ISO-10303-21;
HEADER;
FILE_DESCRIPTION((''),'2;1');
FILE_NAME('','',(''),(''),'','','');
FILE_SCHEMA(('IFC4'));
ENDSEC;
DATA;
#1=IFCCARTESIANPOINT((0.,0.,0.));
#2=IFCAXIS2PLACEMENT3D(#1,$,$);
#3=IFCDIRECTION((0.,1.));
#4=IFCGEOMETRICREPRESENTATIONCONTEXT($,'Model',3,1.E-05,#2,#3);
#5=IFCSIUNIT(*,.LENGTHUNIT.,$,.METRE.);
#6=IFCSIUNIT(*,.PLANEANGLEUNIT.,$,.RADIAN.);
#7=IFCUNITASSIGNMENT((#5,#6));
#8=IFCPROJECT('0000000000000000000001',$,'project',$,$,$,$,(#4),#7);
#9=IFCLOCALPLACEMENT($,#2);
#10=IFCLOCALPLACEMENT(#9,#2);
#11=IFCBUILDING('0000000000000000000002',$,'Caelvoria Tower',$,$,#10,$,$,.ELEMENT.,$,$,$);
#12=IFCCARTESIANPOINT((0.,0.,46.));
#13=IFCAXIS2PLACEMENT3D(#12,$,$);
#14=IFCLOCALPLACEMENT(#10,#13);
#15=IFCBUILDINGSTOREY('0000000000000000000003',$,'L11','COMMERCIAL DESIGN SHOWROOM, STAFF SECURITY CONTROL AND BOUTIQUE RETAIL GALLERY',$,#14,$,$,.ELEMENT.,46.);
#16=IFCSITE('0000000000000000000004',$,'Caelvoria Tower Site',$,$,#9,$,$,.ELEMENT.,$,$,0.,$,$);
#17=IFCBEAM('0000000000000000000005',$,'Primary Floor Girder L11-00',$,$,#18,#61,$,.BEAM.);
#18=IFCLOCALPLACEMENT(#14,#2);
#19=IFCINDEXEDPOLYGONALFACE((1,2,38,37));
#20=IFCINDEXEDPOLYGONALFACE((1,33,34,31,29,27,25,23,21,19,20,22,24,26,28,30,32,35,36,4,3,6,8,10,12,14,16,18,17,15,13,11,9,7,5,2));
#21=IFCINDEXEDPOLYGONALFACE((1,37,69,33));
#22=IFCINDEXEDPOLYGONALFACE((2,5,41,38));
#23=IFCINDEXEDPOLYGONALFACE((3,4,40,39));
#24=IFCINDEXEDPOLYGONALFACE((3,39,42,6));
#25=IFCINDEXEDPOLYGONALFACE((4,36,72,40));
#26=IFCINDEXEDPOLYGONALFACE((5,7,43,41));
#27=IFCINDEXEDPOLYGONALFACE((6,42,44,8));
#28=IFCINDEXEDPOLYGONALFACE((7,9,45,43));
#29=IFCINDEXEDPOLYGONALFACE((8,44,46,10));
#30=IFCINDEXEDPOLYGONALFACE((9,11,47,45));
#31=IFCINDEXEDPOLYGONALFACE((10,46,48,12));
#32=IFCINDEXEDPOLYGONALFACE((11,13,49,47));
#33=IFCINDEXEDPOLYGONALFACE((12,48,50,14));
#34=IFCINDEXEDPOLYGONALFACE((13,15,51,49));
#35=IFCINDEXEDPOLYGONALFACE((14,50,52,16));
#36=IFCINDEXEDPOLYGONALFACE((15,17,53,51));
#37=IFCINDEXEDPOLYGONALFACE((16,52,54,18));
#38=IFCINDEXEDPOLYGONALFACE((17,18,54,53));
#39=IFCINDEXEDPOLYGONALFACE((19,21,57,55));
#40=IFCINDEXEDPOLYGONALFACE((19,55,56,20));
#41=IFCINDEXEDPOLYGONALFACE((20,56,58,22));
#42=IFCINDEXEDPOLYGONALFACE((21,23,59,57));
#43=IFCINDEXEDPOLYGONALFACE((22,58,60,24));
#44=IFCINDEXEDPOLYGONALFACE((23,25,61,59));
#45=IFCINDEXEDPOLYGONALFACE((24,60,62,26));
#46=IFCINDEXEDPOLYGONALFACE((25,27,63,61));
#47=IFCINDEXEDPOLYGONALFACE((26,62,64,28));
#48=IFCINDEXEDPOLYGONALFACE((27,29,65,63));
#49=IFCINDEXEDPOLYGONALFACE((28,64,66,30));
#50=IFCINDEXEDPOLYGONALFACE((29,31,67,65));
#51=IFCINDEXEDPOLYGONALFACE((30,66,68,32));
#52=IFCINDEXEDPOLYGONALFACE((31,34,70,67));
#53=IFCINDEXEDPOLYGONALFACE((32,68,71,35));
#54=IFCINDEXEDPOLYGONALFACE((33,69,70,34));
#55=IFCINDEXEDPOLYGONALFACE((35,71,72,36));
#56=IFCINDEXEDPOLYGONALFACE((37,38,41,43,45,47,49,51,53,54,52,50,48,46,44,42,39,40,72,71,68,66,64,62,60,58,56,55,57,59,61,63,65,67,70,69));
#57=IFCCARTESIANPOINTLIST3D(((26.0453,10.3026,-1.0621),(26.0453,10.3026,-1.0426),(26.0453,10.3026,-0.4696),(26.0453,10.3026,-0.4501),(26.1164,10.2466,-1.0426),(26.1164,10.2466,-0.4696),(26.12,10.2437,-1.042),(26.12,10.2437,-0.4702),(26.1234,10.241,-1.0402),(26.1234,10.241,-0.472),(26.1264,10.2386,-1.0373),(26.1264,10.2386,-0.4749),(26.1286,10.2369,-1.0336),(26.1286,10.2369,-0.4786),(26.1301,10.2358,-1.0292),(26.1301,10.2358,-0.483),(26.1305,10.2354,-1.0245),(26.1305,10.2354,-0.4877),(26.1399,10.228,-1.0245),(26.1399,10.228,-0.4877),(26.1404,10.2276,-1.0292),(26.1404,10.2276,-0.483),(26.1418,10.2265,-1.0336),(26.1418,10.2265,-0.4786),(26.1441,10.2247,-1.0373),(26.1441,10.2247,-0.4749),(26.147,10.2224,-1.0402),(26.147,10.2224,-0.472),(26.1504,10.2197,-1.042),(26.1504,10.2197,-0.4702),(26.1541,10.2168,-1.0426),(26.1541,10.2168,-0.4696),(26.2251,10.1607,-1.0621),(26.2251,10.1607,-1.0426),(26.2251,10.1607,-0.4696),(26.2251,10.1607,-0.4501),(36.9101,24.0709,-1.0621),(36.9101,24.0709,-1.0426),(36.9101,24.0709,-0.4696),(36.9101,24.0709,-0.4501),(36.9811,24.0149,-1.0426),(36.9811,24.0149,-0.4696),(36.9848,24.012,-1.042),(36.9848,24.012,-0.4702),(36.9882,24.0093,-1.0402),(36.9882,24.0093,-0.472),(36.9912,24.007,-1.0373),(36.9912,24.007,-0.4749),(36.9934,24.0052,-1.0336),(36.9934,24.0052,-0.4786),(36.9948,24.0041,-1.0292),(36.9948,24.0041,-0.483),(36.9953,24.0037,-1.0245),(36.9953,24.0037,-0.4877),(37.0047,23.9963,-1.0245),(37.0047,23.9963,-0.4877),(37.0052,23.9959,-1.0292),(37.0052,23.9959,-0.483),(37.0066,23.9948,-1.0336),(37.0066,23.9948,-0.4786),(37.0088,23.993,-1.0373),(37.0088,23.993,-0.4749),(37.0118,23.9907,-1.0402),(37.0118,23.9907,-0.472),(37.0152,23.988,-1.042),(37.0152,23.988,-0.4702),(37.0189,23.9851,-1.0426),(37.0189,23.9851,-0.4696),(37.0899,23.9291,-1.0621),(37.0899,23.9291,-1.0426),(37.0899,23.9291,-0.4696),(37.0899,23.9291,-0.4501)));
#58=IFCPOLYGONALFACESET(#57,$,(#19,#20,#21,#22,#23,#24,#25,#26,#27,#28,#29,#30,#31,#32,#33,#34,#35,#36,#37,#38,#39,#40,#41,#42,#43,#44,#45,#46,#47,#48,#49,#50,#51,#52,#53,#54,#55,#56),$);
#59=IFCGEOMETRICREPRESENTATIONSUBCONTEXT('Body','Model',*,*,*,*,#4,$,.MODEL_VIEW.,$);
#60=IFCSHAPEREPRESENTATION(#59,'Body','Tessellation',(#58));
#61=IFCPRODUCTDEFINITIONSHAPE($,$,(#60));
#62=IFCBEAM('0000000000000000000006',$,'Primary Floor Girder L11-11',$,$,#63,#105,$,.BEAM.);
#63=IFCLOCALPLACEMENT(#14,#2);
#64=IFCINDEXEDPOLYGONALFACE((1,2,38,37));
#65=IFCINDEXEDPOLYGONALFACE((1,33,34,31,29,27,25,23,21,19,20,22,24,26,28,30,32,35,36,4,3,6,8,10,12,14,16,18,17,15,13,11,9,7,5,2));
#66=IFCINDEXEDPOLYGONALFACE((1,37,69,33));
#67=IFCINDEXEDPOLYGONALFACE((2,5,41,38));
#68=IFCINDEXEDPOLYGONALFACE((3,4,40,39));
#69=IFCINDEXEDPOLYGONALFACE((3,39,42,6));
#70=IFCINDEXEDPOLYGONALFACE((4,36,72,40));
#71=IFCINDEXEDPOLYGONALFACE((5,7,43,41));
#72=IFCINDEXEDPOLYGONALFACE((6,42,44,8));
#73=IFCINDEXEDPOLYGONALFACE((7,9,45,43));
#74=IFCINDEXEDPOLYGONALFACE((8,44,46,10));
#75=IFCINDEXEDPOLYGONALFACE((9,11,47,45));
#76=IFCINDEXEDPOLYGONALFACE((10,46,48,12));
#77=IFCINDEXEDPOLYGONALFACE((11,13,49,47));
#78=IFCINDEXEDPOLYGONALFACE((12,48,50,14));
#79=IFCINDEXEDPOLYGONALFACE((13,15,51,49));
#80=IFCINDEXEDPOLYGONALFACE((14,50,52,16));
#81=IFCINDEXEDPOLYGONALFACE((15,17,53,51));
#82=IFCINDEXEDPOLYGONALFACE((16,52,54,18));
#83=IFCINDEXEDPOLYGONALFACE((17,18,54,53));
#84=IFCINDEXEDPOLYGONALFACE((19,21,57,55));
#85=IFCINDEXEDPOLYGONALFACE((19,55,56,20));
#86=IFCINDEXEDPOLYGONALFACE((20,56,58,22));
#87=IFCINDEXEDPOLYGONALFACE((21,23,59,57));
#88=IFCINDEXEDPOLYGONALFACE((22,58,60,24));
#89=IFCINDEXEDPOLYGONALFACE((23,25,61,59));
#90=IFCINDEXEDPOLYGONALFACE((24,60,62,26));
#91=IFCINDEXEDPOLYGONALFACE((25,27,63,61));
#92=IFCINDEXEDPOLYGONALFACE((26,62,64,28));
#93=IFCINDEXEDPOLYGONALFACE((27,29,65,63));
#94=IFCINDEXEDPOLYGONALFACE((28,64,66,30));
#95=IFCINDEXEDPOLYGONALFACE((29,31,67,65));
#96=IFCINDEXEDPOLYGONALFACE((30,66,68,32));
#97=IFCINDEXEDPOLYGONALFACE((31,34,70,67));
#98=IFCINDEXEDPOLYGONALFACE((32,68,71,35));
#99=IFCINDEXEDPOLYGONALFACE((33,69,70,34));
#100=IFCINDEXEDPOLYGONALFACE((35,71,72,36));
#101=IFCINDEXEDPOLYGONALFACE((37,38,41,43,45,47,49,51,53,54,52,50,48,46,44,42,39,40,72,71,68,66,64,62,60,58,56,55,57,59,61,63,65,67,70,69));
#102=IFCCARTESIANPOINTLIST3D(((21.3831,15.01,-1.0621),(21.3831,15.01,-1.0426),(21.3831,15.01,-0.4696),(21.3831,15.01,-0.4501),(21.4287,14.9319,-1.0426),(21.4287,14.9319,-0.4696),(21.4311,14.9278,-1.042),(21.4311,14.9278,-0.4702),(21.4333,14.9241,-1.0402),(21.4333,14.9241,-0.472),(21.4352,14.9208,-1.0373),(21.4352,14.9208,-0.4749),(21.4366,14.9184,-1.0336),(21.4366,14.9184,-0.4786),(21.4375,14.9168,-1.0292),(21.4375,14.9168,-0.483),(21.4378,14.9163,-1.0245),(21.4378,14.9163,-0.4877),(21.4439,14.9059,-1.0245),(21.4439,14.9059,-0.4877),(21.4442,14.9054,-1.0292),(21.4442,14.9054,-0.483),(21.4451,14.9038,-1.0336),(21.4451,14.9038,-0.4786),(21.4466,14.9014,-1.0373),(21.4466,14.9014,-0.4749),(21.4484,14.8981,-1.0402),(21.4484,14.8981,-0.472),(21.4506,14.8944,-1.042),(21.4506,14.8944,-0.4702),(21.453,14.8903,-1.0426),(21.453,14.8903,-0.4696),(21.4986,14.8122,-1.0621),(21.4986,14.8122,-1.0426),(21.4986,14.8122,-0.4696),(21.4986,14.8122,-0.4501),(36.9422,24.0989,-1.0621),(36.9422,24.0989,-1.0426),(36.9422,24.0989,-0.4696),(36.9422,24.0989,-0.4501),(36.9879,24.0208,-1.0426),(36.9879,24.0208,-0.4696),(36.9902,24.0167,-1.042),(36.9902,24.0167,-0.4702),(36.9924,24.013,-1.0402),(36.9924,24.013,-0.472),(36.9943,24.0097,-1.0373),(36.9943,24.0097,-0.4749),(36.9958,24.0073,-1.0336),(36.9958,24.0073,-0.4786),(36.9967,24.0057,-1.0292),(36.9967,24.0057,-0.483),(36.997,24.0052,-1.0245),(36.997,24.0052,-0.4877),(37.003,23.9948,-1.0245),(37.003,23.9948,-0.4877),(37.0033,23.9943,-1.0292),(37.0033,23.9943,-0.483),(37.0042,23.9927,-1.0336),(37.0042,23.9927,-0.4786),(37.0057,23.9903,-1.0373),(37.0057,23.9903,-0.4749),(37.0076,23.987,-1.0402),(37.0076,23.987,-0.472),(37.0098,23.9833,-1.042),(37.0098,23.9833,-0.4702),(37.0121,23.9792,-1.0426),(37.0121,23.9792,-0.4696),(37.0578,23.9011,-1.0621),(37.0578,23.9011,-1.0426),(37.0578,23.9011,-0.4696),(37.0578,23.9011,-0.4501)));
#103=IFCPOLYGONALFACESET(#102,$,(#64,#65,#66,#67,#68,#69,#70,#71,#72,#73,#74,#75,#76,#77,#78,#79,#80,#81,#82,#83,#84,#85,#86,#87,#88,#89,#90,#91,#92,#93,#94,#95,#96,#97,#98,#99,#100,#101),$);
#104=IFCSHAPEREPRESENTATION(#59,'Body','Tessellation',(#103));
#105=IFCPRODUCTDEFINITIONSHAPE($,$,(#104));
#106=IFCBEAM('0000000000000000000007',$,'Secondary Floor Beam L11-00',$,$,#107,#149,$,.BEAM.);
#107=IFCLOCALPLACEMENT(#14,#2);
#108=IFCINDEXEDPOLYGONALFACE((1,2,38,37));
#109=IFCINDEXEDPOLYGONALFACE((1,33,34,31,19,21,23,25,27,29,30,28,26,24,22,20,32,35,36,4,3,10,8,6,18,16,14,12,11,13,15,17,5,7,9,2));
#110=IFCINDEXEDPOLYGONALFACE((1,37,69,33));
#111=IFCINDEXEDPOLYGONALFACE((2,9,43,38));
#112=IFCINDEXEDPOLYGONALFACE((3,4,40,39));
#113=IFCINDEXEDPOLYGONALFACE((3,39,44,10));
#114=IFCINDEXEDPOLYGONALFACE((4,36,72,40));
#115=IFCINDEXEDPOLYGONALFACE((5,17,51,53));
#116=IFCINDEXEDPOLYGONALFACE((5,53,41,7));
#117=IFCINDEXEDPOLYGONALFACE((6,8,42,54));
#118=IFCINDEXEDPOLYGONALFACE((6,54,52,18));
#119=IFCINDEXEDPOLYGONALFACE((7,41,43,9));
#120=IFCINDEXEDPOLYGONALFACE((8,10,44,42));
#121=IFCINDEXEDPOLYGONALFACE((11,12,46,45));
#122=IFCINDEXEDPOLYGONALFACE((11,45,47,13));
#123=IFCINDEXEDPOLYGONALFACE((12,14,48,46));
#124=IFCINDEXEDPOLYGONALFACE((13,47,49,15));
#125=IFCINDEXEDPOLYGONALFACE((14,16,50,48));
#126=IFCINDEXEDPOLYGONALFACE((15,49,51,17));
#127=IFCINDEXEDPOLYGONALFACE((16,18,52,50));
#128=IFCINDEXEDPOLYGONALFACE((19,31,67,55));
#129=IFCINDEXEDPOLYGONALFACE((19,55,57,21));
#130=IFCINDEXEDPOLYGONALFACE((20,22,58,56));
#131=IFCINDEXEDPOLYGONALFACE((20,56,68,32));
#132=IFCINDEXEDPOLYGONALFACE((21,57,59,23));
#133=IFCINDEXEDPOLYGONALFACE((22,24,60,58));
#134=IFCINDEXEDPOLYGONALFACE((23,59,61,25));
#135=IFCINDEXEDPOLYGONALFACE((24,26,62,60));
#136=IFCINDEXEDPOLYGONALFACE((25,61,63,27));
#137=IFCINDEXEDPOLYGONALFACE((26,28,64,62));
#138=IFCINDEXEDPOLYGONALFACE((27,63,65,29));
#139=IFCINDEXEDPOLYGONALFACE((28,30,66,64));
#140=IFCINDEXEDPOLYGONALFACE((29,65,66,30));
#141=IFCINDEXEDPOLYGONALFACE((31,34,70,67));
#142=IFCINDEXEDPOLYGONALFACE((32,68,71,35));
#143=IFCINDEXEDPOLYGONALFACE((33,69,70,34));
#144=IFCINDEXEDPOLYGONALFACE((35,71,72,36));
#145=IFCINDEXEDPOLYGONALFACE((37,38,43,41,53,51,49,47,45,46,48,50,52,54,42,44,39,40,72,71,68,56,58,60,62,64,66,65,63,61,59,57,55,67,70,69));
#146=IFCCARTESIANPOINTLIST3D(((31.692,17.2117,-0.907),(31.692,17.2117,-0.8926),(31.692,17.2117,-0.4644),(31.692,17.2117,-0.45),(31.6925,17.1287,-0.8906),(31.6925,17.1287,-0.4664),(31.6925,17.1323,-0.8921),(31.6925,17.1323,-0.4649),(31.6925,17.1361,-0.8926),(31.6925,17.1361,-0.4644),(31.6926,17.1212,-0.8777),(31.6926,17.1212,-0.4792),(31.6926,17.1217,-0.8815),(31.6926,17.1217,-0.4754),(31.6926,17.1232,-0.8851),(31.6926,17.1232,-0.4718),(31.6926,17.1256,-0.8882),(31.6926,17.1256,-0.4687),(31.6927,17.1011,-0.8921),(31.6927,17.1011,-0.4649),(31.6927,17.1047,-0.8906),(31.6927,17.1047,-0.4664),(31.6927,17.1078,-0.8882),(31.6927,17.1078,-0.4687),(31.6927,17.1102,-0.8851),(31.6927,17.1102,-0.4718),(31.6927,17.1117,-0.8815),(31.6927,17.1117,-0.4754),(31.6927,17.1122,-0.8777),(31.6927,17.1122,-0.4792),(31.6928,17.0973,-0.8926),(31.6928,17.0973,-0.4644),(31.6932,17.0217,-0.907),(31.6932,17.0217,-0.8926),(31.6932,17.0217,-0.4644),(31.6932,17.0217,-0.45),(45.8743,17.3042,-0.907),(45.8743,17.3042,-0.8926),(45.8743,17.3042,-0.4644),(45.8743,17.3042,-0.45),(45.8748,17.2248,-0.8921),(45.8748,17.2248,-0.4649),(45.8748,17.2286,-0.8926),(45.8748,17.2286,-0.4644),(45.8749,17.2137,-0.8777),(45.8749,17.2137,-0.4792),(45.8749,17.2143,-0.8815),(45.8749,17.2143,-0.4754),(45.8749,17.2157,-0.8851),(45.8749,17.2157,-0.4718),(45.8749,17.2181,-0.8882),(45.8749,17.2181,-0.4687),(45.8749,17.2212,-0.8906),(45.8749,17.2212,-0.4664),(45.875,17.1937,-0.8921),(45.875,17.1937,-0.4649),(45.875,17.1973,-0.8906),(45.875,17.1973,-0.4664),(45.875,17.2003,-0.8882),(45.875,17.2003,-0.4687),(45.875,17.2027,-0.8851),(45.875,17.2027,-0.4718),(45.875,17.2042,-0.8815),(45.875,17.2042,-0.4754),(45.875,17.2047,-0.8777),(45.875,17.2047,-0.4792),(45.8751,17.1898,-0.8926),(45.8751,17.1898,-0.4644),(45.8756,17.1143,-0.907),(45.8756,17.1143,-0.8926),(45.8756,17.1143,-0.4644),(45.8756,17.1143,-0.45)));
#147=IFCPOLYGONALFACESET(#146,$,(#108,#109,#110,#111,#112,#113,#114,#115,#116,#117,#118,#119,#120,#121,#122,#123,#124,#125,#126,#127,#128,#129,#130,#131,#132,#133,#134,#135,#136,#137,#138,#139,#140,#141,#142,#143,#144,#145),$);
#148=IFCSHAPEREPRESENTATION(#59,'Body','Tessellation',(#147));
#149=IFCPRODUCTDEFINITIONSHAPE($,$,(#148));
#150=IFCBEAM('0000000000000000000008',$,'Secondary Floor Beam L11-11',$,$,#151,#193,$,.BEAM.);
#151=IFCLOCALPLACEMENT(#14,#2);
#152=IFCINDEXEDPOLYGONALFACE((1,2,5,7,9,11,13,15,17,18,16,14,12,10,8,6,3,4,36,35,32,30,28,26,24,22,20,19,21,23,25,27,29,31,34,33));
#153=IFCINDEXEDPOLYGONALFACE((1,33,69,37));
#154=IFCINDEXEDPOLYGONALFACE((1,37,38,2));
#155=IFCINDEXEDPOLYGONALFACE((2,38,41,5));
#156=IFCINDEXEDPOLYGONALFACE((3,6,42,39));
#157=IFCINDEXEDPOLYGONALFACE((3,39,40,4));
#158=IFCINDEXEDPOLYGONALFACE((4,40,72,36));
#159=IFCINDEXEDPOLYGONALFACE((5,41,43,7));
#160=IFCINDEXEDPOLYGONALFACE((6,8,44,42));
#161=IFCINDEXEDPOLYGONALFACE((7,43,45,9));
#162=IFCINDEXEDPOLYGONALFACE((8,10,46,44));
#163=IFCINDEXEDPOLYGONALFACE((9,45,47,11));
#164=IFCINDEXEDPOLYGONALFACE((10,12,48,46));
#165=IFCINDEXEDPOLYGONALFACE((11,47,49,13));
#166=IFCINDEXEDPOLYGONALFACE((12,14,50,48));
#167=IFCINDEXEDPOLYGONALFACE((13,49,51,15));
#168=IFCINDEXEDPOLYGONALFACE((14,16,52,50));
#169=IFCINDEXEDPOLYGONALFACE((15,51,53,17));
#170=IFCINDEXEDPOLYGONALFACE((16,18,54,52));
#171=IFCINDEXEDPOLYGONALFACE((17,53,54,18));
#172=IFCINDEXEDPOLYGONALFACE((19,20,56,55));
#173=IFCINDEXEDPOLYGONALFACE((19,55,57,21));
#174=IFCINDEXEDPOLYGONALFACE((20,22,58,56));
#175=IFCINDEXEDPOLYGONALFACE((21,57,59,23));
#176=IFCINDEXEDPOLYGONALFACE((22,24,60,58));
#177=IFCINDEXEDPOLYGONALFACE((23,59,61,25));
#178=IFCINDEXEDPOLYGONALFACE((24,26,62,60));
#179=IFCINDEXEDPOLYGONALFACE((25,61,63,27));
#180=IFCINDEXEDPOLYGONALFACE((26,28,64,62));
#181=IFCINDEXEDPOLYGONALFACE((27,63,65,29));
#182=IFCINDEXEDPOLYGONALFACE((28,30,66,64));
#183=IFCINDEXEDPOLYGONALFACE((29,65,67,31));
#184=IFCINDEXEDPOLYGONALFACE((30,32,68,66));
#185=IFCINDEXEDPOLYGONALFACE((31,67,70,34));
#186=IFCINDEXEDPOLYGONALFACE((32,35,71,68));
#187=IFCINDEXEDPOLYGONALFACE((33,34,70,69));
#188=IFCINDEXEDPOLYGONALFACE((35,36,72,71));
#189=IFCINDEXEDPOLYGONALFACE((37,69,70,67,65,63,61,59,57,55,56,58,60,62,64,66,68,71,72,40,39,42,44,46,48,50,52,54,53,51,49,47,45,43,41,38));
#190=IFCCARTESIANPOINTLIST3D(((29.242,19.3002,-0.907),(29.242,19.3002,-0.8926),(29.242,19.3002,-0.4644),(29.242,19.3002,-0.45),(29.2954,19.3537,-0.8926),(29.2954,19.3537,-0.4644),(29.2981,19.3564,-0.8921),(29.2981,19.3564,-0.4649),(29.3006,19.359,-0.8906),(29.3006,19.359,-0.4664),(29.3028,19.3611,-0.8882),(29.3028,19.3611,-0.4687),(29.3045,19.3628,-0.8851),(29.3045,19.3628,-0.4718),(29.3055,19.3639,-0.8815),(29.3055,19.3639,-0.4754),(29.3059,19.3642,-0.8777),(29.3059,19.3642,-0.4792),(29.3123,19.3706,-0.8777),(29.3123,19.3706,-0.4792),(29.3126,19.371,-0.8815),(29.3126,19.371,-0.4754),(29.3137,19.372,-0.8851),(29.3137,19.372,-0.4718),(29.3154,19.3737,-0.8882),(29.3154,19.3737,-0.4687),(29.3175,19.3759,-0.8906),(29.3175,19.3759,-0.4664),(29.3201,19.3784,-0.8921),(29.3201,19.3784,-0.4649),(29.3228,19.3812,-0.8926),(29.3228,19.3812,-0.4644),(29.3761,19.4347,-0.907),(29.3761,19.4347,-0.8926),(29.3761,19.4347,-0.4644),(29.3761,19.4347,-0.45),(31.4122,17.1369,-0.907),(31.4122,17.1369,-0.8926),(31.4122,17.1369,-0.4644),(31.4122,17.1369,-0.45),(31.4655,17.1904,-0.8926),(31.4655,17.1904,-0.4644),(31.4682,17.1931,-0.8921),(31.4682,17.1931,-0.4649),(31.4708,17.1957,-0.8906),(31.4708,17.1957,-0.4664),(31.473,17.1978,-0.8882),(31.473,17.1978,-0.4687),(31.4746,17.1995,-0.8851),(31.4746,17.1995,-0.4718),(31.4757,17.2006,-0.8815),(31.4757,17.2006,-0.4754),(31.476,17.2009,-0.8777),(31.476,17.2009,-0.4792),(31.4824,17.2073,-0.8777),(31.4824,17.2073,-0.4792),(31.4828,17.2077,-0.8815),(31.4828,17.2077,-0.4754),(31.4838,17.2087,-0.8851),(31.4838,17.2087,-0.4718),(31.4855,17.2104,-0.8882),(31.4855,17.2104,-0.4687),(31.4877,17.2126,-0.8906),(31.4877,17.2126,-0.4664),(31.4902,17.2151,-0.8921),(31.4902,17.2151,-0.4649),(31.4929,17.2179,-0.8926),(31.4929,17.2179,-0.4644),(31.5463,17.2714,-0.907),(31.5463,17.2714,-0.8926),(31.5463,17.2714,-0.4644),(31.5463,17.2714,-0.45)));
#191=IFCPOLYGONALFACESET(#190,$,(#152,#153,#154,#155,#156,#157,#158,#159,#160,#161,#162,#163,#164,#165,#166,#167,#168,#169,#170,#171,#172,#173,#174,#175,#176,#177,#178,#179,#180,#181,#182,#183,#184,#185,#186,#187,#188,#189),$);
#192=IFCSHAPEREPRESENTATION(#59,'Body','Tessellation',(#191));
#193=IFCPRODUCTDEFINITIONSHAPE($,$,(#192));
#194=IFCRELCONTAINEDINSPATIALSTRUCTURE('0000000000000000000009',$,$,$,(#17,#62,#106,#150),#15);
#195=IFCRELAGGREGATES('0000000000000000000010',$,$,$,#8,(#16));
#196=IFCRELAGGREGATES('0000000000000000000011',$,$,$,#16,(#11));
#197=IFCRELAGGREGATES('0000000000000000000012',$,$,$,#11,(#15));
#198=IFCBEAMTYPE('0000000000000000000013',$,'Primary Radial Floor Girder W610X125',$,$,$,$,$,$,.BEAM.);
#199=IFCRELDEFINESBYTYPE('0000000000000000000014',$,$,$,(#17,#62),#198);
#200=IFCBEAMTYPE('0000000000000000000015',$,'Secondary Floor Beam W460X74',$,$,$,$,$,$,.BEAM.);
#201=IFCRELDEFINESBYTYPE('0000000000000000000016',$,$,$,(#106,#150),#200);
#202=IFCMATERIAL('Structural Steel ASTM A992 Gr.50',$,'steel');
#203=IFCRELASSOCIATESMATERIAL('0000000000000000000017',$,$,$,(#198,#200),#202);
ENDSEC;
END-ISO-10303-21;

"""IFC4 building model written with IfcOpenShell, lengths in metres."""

from ifc_helpers import new_model, si_unit, direction, frame, origin, origin_2d, place, context, subcontext, project, spatial, i_section, extrude, material, material_profile, profile_set, type_object, element, save


model = new_model("IFC4")

# Units and contexts
model_context = context("Model", 3, precision=1e-05, world=origin(), true_north=direction((0.0, 1.0)))
body_context = subcontext(model_context, "Body", "Model", "MODEL_VIEW")
ifc_project = project(units=[si_unit("LENGTHUNIT", "METRE"), si_unit("PLANEANGLEUNIT", "RADIAN")], contexts=[model_context])

# Site, building, storey
site_placement = place(None, origin())
site = spatial("IfcSite", under=ifc_project, at=site_placement, Name="Caelvoria Tower Site", CompositionType="ELEMENT", RefElevation=0.0)
building_placement = place(site_placement, origin())
building = spatial("IfcBuilding", under=site, at=building_placement, Name="Caelvoria Tower", CompositionType="ELEMENT")
storey_placement = place(building_placement, frame((0.0, 0.0, 46.0)))
storey = spatial("IfcBuildingStorey", under=building, at=storey_placement, Name="L11", Description="COMMERCIAL DESIGN SHOWROOM, STAFF SECURITY CONTROL AND BOUTIQUE RETAIL GALLERY", CompositionType="ELEMENT", Elevation=46.0)

# Beams
ifc_material_1 = material(Name="Structural Steel ASTM A992 Gr.50", Category="steel")
ifc_material_profile_1 = material_profile(ifc_material_1, i_section(OverallWidth=0.229, OverallDepth=0.6121, WebThickness=0.012, FlangeThickness=0.0195, FilletRadius=0.0181, at=origin_2d()), Name="Structural Steel ASTM A992 Gr.50")
ifc_profile_set_1 = profile_set([ifc_material_profile_1], Name="W610X125 - Structural Steel ASTM A992 Gr.50")
beam_type_1 = type_object("IfcBeamType", Name="Primary Radial Floor Girder W610X125", PredefinedType="BEAM", material=ifc_profile_set_1)
beam_1_placement = place(storey_placement, frame((37.0, 24.0, -0.7561), z_axis=(-0.61947, -0.785021, 0.0), x_axis=(0.785021, -0.61947, 0.0)))
element("IfcBeam", 1, at=beam_1_placement, inside=storey, type_object=beam_type_1, Name="Primary Floor Girder L11-00", PredefinedType="BEAM", context=body_context, shape_type="SweptSolid", body=[
    extrude(i_section(OverallWidth=0.229, OverallDepth=0.6121, WebThickness=0.012, FlangeThickness=0.0195, FilletRadius=0.0181, at=origin_2d()), origin(), (0.0, 0.0, 1.0), 17.5388),
])
beam_2_placement = place(storey_placement, frame((37.0, 24.0, -0.7561), z_axis=(-0.863471, -0.504398, 0.0), x_axis=(0.504398, -0.863471, 0.0)))
element("IfcBeam", 2, at=beam_2_placement, inside=storey, type_object=beam_type_1, Name="Primary Floor Girder L11-11", PredefinedType="BEAM", context=body_context, shape_type="SweptSolid", body=[
    extrude(i_section(OverallWidth=0.229, OverallDepth=0.6121, WebThickness=0.012, FlangeThickness=0.0195, FilletRadius=0.0181, at=origin_2d()), origin(), (0.0, 0.0, 1.0), 18.0193),
])
ifc_material_profile_2 = material_profile(ifc_material_1, i_section(OverallWidth=0.1899, OverallDepth=0.457, WebThickness=0.009, FlangeThickness=0.0144, FilletRadius=0.0149, at=origin_2d()), Name="Structural Steel ASTM A992 Gr.50")
ifc_profile_set_2 = profile_set([ifc_material_profile_2], Name="W460X74 - Structural Steel ASTM A992 Gr.50")
beam_type_2 = type_object("IfcBeamType", Name="Secondary Floor Beam W460X74", PredefinedType="BEAM", material=ifc_profile_set_2)
beam_3_placement = place(storey_placement, frame((31.6926, 17.1167, -0.6785), z_axis=(0.999979, 0.006524, 0.0), x_axis=(-0.006524, 0.999979, 0.0)))
element("IfcBeam", 3, at=beam_3_placement, inside=storey, type_object=beam_type_2, Name="Secondary Floor Beam L11-00", PredefinedType="BEAM", context=body_context, shape_type="SweptSolid", body=[
    extrude(i_section(OverallWidth=0.1899, OverallDepth=0.457, WebThickness=0.009, FlangeThickness=0.0144, FilletRadius=0.0149, at=origin_2d()), origin(), (0.0, 0.0, 1.0), 14.1826),
])
beam_4_placement = place(storey_placement, frame((29.3091, 19.3674, -0.6785), z_axis=(0.708221, -0.70599, 0.0), x_axis=(0.70599, 0.708221, 0.0)))
element("IfcBeam", 4, at=beam_4_placement, inside=storey, type_object=beam_type_2, Name="Secondary Floor Beam L11-11", PredefinedType="BEAM", context=body_context, shape_type="SweptSolid", body=[
    extrude(i_section(OverallWidth=0.1899, OverallDepth=0.457, WebThickness=0.009, FlangeThickness=0.0144, FilletRadius=0.0149, at=origin_2d()), origin(), (0.0, 0.0, 1.0), 3.0642),
])

save(model, "model.ifc")
